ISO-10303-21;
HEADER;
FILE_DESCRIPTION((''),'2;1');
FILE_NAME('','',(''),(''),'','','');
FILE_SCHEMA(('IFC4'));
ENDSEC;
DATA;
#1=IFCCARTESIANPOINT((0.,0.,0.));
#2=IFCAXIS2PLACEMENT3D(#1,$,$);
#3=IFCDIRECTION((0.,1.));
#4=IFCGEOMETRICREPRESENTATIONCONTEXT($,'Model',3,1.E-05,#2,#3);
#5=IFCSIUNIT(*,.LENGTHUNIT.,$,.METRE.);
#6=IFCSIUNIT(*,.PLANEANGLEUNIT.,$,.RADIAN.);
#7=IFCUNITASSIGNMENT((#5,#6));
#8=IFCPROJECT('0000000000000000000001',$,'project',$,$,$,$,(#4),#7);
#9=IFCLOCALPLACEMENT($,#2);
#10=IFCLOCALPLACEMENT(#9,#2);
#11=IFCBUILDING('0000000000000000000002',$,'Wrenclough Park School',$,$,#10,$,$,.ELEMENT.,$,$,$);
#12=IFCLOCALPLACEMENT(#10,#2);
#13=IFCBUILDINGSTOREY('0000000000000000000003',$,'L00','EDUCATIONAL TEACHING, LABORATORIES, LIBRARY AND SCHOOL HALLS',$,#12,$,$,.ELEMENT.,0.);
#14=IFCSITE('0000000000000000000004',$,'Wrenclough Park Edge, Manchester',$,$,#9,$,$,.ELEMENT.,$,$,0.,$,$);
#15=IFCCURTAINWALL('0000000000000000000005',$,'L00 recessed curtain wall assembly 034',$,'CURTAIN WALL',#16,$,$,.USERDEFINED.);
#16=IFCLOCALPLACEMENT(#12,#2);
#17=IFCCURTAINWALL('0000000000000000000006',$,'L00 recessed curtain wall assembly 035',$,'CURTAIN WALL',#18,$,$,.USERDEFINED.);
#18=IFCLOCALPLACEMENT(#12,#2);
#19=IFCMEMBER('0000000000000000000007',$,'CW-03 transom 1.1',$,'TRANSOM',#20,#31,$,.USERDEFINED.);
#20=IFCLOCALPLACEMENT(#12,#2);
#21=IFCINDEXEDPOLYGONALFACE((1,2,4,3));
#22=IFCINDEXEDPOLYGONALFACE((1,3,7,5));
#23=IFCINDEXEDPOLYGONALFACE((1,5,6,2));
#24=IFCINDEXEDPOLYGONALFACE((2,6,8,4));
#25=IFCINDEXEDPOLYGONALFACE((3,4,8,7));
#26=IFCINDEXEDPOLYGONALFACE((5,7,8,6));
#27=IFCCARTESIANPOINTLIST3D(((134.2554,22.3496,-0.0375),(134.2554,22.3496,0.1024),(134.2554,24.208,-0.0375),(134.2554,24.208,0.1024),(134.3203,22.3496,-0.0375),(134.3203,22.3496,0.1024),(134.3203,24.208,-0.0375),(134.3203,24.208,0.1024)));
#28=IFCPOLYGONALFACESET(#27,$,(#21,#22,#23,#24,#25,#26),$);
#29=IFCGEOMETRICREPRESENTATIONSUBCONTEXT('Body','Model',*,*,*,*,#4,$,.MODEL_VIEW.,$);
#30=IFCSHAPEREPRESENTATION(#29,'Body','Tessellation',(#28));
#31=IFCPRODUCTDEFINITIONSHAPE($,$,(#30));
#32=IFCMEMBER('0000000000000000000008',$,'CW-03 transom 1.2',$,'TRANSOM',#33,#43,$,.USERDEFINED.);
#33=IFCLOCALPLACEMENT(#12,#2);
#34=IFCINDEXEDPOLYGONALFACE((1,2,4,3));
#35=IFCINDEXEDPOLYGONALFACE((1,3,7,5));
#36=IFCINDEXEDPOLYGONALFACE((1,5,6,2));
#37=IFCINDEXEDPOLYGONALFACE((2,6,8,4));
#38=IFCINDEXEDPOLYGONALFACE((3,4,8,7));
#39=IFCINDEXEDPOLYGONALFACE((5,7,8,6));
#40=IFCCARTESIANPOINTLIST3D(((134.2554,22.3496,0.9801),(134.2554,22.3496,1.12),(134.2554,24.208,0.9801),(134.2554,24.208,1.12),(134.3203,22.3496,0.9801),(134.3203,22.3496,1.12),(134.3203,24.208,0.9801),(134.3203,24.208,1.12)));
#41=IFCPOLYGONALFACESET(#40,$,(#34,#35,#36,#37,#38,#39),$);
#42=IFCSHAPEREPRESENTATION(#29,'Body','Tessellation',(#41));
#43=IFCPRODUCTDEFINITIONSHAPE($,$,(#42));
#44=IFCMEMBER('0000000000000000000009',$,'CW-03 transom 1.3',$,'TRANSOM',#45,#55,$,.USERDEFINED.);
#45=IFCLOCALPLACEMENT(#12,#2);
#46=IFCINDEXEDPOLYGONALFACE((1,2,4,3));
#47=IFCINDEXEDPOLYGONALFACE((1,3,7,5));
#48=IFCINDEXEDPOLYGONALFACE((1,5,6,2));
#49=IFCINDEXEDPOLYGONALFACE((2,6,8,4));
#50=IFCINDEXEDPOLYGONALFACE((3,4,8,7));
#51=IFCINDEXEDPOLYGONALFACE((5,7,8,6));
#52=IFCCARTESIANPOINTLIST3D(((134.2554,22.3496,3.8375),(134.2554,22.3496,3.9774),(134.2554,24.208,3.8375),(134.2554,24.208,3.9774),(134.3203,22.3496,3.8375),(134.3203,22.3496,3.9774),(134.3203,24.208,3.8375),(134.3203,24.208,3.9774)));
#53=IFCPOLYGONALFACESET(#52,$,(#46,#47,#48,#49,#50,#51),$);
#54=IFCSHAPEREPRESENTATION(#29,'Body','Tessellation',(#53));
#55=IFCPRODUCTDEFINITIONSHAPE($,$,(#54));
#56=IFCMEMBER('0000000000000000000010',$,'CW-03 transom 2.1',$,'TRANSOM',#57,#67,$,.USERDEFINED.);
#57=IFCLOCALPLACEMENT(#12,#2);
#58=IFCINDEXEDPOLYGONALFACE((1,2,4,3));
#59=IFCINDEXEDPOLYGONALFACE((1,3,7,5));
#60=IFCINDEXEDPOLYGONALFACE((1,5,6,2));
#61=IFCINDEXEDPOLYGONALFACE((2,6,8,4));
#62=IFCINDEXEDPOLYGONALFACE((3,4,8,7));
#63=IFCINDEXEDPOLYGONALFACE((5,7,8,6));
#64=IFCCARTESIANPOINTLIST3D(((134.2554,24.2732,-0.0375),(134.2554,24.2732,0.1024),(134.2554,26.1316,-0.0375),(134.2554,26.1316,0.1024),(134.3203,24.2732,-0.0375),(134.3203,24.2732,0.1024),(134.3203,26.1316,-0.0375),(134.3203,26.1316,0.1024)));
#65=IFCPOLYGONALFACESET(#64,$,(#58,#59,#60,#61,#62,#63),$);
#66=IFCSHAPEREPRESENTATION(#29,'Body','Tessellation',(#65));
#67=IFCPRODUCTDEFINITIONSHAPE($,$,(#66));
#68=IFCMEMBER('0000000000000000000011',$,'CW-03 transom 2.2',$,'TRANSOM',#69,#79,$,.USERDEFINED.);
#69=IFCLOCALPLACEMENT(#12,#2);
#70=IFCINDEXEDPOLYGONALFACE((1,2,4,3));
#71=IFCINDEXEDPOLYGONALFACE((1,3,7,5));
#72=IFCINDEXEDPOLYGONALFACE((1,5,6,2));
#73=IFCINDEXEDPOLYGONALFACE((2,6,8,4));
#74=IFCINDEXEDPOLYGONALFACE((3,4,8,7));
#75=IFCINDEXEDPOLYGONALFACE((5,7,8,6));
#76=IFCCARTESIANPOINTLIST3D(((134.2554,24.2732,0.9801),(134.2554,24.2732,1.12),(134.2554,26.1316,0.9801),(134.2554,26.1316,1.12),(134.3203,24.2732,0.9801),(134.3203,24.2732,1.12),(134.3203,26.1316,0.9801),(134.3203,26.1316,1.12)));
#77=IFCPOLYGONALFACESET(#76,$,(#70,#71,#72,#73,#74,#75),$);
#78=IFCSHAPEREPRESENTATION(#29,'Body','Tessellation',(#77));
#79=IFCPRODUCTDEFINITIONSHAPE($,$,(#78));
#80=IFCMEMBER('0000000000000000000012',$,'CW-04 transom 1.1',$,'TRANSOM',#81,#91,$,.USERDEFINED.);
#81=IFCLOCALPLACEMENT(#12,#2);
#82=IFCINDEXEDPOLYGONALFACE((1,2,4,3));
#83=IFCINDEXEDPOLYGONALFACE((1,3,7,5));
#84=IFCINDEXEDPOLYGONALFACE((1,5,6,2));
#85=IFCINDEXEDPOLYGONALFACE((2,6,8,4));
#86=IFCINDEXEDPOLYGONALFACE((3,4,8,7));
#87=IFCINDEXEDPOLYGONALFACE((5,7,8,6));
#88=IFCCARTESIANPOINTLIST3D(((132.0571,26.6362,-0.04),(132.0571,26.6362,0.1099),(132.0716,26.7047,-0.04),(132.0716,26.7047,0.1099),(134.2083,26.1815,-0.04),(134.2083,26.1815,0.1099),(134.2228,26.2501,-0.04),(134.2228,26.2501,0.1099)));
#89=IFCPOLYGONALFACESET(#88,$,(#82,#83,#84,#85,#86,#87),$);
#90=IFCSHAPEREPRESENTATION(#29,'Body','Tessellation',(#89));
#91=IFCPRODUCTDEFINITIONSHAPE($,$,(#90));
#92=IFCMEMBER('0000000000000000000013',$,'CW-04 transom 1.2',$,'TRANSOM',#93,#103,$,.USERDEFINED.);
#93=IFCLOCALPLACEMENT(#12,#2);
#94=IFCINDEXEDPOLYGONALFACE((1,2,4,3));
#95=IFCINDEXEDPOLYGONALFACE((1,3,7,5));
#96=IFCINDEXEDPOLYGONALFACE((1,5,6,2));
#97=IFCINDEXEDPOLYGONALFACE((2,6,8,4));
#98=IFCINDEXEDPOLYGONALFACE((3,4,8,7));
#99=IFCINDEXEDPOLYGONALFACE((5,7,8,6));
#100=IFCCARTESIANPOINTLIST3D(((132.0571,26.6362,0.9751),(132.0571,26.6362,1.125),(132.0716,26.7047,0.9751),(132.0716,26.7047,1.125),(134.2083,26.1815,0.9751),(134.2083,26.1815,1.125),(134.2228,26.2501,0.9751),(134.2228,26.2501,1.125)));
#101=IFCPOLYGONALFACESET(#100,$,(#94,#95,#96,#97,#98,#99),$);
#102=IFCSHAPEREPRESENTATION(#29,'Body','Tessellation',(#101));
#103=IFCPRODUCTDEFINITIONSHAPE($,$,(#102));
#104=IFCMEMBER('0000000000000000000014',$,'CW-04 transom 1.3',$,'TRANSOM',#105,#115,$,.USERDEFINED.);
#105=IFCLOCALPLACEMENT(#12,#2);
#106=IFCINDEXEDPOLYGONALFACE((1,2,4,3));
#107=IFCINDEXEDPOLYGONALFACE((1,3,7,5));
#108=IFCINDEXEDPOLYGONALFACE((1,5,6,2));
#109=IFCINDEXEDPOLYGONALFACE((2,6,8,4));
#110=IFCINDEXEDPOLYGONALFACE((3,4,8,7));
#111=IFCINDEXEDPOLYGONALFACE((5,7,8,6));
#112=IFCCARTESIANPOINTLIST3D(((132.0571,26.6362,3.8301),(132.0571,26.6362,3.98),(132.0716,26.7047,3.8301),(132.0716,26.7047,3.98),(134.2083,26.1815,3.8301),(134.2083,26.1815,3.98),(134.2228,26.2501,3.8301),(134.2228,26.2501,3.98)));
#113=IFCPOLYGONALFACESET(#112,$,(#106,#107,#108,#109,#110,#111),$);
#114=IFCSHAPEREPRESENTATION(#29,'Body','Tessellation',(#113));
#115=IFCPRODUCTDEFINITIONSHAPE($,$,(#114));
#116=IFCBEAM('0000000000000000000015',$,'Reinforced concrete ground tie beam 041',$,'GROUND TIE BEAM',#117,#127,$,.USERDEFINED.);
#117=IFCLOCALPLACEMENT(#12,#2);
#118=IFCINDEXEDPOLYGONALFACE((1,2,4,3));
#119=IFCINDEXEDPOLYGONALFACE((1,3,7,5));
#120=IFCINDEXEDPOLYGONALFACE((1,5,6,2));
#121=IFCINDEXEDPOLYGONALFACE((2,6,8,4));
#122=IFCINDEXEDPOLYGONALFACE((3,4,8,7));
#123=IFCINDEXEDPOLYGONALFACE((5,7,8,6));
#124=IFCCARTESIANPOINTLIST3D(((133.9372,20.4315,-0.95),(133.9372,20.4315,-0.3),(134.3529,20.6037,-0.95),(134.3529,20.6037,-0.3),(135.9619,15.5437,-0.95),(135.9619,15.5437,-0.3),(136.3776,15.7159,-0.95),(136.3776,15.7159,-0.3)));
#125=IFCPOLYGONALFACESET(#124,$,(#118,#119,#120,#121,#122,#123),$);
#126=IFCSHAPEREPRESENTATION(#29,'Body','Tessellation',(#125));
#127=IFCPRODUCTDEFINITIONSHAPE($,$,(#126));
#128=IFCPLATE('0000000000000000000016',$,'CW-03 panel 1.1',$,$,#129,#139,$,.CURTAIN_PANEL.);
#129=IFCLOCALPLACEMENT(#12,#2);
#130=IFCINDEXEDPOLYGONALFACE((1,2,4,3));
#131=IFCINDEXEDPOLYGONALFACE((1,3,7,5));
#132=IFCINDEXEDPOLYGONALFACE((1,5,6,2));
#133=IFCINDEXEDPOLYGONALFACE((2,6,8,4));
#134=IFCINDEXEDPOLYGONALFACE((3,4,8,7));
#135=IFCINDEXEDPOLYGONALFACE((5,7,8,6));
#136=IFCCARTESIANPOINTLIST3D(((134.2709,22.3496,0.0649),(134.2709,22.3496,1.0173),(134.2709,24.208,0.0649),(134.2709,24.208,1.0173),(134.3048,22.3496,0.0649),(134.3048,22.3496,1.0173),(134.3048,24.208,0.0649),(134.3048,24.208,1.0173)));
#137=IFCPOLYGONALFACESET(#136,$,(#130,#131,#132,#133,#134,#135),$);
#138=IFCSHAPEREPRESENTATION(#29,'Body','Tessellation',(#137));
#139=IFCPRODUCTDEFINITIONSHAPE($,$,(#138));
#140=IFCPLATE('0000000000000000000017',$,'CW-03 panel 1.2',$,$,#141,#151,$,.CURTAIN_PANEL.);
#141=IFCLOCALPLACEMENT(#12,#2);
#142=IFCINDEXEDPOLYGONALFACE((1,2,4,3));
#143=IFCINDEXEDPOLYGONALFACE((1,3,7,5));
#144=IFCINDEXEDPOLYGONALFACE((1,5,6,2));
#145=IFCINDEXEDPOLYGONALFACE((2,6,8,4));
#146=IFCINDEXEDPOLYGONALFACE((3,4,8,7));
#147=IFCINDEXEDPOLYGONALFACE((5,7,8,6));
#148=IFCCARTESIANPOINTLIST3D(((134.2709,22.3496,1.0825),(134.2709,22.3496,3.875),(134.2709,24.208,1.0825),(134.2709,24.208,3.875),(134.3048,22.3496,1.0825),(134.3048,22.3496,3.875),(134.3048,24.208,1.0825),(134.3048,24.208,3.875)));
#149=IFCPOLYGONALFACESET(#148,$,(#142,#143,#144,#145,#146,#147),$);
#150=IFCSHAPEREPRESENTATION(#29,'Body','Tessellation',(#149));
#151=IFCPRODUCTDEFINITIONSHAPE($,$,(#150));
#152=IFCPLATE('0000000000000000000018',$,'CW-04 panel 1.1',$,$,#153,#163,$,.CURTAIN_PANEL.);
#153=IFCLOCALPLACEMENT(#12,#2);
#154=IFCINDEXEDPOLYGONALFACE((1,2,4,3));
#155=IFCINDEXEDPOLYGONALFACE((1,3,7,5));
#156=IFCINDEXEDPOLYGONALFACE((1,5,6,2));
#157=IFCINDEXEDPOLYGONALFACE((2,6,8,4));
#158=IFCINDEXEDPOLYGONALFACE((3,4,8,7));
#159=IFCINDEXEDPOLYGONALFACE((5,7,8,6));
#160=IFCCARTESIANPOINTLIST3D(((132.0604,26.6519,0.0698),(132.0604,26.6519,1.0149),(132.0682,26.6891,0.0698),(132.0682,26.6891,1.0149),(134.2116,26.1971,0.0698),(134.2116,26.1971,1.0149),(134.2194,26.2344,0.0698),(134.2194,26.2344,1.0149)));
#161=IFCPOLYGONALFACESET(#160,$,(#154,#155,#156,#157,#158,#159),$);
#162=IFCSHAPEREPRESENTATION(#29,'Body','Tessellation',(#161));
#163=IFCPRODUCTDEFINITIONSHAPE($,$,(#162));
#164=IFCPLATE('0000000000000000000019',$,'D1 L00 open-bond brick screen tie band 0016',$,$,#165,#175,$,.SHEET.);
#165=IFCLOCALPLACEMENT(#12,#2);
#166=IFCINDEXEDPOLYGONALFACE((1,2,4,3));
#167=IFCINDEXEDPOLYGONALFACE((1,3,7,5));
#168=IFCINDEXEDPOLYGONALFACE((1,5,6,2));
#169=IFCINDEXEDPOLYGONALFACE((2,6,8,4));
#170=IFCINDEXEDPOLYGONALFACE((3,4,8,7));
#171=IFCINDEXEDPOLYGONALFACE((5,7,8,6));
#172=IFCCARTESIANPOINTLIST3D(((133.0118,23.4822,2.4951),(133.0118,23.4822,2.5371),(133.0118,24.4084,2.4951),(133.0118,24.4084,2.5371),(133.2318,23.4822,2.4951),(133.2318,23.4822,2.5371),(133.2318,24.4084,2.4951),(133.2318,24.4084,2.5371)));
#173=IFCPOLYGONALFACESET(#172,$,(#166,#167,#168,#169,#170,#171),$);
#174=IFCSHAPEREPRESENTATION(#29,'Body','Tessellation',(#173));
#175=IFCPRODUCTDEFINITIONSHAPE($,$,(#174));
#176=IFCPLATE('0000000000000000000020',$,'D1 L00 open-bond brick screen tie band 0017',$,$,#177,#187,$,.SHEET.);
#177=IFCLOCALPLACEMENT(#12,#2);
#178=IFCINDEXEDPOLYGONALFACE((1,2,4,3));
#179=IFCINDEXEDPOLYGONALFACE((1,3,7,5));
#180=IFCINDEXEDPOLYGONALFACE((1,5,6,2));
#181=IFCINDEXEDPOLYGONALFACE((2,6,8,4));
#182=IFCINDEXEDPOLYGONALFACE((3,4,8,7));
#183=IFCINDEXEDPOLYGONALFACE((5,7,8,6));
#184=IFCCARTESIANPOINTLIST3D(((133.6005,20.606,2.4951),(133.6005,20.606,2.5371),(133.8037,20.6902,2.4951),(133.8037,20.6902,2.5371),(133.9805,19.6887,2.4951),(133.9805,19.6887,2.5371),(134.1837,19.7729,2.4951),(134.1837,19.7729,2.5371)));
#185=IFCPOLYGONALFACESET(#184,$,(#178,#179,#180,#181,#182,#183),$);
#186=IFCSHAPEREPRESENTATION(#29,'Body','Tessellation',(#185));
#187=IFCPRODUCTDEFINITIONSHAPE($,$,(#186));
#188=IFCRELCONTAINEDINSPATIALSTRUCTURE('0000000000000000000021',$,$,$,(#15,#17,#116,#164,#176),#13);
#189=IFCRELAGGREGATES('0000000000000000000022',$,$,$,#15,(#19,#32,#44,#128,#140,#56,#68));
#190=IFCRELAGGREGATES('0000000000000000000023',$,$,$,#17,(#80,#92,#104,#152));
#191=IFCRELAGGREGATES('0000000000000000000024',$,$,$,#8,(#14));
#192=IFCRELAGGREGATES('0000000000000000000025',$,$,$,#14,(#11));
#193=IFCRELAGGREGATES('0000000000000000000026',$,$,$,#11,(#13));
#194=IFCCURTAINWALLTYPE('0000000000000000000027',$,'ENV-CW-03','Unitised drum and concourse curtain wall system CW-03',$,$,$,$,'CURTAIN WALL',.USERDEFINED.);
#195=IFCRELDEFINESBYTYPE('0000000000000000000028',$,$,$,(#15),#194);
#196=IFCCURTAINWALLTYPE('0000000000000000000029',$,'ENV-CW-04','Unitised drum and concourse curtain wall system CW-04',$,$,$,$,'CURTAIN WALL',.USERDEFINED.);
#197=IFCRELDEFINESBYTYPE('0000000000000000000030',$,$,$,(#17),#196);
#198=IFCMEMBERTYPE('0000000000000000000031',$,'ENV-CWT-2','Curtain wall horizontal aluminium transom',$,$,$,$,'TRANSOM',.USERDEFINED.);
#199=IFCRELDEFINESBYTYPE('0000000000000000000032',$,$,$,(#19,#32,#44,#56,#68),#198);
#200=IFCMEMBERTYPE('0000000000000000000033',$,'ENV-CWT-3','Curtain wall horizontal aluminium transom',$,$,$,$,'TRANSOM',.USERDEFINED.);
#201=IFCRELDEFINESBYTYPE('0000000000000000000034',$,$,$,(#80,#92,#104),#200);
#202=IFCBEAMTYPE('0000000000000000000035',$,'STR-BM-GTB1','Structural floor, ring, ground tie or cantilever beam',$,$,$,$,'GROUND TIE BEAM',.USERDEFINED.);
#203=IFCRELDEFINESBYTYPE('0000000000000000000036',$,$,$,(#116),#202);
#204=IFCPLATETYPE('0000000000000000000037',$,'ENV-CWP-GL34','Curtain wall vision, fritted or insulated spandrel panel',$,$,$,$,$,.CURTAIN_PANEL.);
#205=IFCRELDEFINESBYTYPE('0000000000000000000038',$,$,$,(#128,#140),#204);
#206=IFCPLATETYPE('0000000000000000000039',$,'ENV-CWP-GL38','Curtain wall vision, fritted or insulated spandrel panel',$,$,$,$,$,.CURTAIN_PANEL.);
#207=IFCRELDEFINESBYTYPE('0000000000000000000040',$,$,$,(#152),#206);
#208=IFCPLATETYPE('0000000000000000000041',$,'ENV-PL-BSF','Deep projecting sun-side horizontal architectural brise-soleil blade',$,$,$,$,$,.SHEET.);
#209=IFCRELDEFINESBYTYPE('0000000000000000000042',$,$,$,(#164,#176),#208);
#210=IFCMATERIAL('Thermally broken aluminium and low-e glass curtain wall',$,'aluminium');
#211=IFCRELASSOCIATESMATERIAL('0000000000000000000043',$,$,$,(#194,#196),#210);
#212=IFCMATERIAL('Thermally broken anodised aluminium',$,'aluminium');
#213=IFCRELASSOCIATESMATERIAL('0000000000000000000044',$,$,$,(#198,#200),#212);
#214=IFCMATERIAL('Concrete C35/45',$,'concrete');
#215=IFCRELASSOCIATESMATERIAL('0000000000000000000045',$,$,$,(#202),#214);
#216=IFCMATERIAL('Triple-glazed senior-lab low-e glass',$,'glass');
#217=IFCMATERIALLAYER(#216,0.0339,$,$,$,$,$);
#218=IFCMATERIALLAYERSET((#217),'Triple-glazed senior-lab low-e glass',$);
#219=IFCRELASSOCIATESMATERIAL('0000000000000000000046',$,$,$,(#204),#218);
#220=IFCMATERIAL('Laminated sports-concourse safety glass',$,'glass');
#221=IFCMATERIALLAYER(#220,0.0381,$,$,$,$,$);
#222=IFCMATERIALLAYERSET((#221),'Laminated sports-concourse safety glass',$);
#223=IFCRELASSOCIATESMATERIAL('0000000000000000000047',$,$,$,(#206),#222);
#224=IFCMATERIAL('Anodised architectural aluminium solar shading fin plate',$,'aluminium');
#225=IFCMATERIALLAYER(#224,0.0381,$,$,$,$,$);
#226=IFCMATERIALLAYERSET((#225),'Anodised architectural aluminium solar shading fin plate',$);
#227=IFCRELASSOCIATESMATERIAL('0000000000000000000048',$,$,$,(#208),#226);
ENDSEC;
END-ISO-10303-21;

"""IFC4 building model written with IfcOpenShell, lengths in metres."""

from ifc_helpers import new_model, si_unit, direction, frame, origin, origin_2d, place, context, subcontext, project, spatial, rectangle, extrude, material, layer, layer_set, material_profile, profile_set, type_object, element, aggregate, save


model = new_model("IFC4")

# Units and contexts
model_context = context("Model", 3, precision=1e-05, world=origin(), true_north=direction((0.0, 1.0)))
body_context = subcontext(model_context, "Body", "Model", "MODEL_VIEW")
ifc_project = project(units=[si_unit("LENGTHUNIT", "METRE"), si_unit("PLANEANGLEUNIT", "RADIAN")], contexts=[model_context])

# Site, building, storey
site_placement = place(None, origin())
site = spatial("IfcSite", under=ifc_project, at=site_placement, Name="Wrenclough Park Edge, Manchester", CompositionType="ELEMENT", RefElevation=0.0)
building_placement = place(site_placement, origin())
building = spatial("IfcBuilding", under=site, at=building_placement, Name="Wrenclough Park School", CompositionType="ELEMENT")
storey_placement = place(building_placement, origin())
storey = spatial("IfcBuildingStorey", under=building, at=storey_placement, Name="L00", Description="EDUCATIONAL TEACHING, LABORATORIES, LIBRARY AND SCHOOL HALLS", CompositionType="ELEMENT", Elevation=0.0)

# Shared definitions
ifc_material_1 = material(Name="Concrete C35/45", Category="concrete")

# Curtain wall
ifc_material_2 = material(Name="Thermally broken aluminium and low-e glass curtain wall", Category="aluminium")
curtain_wall_type_1 = type_object("IfcCurtainWallType", Name="ENV-CW-03", Description="Unitised drum and concourse curtain wall system CW-03", ElementType="CURTAIN WALL", PredefinedType="USERDEFINED", material=ifc_material_2)
curtain_wall_1_placement = place(storey_placement, origin())
curtain_wall_1 = element("IfcCurtainWall", 1, at=curtain_wall_1_placement, inside=storey, type_object=curtain_wall_type_1, Name="L00 recessed curtain wall assembly 034", ObjectType="CURTAIN WALL", PredefinedType="USERDEFINED")
ifc_material_3 = material(Name="Thermally broken anodised aluminium", Category="aluminium")

# Curtain wall
curtain_wall_type_2 = type_object("IfcCurtainWallType", Name="ENV-CW-04", Description="Unitised drum and concourse curtain wall system CW-04", ElementType="CURTAIN WALL", PredefinedType="USERDEFINED", material=ifc_material_2)
curtain_wall_2_placement = place(storey_placement, origin())
curtain_wall_2 = element("IfcCurtainWall", 2, at=curtain_wall_2_placement, inside=storey, type_object=curtain_wall_type_2, Name="L00 recessed curtain wall assembly 035", ObjectType="CURTAIN WALL", PredefinedType="USERDEFINED")

# Members
ifc_material_profile_1 = material_profile(ifc_material_3, rectangle(XDim=0.0649, YDim=0.1399, at=origin_2d()), Name="AL TRANSOM 65x140")
ifc_profile_set_1 = profile_set([ifc_material_profile_1], Name="Thermally broken anodised aluminium")
member_type_1 = type_object("IfcMemberType", Name="ENV-CWT-2", Description="Curtain wall horizontal aluminium transom", ElementType="TRANSOM", PredefinedType="USERDEFINED", material=ifc_profile_set_1)
member_1_placement = place(storey_placement, frame((134.2878, 22.3496, 0.0325), z_axis=(0.0, 1.0, 0.0), x_axis=(-1.0, 0.0, 0.0)))
member_1 = element("IfcMember", 3, at=member_1_placement, type_object=member_type_1, Name="CW-03 transom 1.1", ObjectType="TRANSOM", PredefinedType="USERDEFINED", context=body_context, shape_type="SweptSolid", body=[
    extrude(rectangle(XDim=0.0649, YDim=0.1399, at=origin_2d()), origin(), (0.0, 0.0, 1.0), 1.8584),
])
member_2_placement = place(storey_placement, frame((134.2878, 22.3496, 1.05), z_axis=(0.0, 1.0, 0.0), x_axis=(-1.0, 0.0, 0.0)))
member_2 = element("IfcMember", 4, at=member_2_placement, type_object=member_type_1, Name="CW-03 transom 1.2", ObjectType="TRANSOM", PredefinedType="USERDEFINED", context=body_context, shape_type="SweptSolid", body=[
    extrude(rectangle(XDim=0.0649, YDim=0.1399, at=origin_2d()), origin(), (0.0, 0.0, 1.0), 1.8584),
])
member_3_placement = place(storey_placement, frame((134.2878, 22.3496, 3.9075), z_axis=(0.0, 1.0, 0.0), x_axis=(-1.0, 0.0, 0.0)))
member_3 = element("IfcMember", 5, at=member_3_placement, type_object=member_type_1, Name="CW-03 transom 1.3", ObjectType="TRANSOM", PredefinedType="USERDEFINED", context=body_context, shape_type="SweptSolid", body=[
    extrude(rectangle(XDim=0.0649, YDim=0.1399, at=origin_2d()), origin(), (0.0, 0.0, 1.0), 1.8584),
])
member_4_placement = place(storey_placement, frame((134.2878, 24.2732, 0.0325), z_axis=(0.0, 1.0, 0.0), x_axis=(-1.0, 0.0, 0.0)))
member_4 = element("IfcMember", 6, at=member_4_placement, type_object=member_type_1, Name="CW-03 transom 2.1", ObjectType="TRANSOM", PredefinedType="USERDEFINED", context=body_context, shape_type="SweptSolid", body=[
    extrude(rectangle(XDim=0.0649, YDim=0.1399, at=origin_2d()), origin(), (0.0, 0.0, 1.0), 1.8584),
])
member_5_placement = place(storey_placement, frame((134.2878, 24.2732, 1.05), z_axis=(0.0, 1.0, 0.0), x_axis=(-1.0, 0.0, 0.0)))
member_5 = element("IfcMember", 7, at=member_5_placement, type_object=member_type_1, Name="CW-03 transom 2.2", ObjectType="TRANSOM", PredefinedType="USERDEFINED", context=body_context, shape_type="SweptSolid", body=[
    extrude(rectangle(XDim=0.0649, YDim=0.1399, at=origin_2d()), origin(), (0.0, 0.0, 1.0), 1.8584),
])
ifc_material_profile_2 = material_profile(ifc_material_3, rectangle(XDim=0.0701, YDim=0.1499, at=origin_2d()), Name="AL TRANSOM 70x150")
ifc_profile_set_2 = profile_set([ifc_material_profile_2], Name="Thermally broken anodised aluminium")
member_type_2 = type_object("IfcMemberType", Name="ENV-CWT-3", Description="Curtain wall horizontal aluminium transom", ElementType="TRANSOM", PredefinedType="USERDEFINED", material=ifc_profile_set_2)
member_6_placement = place(storey_placement, frame((134.2156, 26.2158, 0.0349), z_axis=(-0.978392, 0.20676, 0.0), x_axis=(-0.20676, -0.978392, 0.0)))
member_6 = element("IfcMember", 8, at=member_6_placement, type_object=member_type_2, Name="CW-04 transom 1.1", ObjectType="TRANSOM", PredefinedType="USERDEFINED", context=body_context, shape_type="SweptSolid", body=[
    extrude(rectangle(XDim=0.0701, YDim=0.1499, at=origin_2d()), origin(), (0.0, 0.0, 1.0), 2.1987),
])
member_7_placement = place(storey_placement, frame((134.2156, 26.2158, 1.05), z_axis=(-0.978392, 0.20676, 0.0), x_axis=(-0.20676, -0.978392, 0.0)))
member_7 = element("IfcMember", 9, at=member_7_placement, type_object=member_type_2, Name="CW-04 transom 1.2", ObjectType="TRANSOM", PredefinedType="USERDEFINED", context=body_context, shape_type="SweptSolid", body=[
    extrude(rectangle(XDim=0.0701, YDim=0.1499, at=origin_2d()), origin(), (0.0, 0.0, 1.0), 2.1987),
])
member_8_placement = place(storey_placement, frame((134.2156, 26.2158, 3.905), z_axis=(-0.978392, 0.20676, 0.0), x_axis=(-0.20676, -0.978392, 0.0)))
member_8 = element("IfcMember", 10, at=member_8_placement, type_object=member_type_2, Name="CW-04 transom 1.3", ObjectType="TRANSOM", PredefinedType="USERDEFINED", context=body_context, shape_type="SweptSolid", body=[
    extrude(rectangle(XDim=0.0701, YDim=0.1499, at=origin_2d()), origin(), (0.0, 0.0, 1.0), 2.1987),
])

# Beam
ifc_material_profile_3 = material_profile(ifc_material_1, rectangle(XDim=0.45, YDim=0.6499, at=origin_2d()), Name="RC GROUND 450x650")
ifc_profile_set_3 = profile_set([ifc_material_profile_3], Name="Concrete C35/45")
beam_type = type_object("IfcBeamType", Name="STR-BM-GTB1", Description="Structural floor, ring, ground tie or cantilever beam", ElementType="GROUND TIE BEAM", PredefinedType="USERDEFINED", material=ifc_profile_set_3)
beam_placement = place(storey_placement, frame((134.145, 20.5176, -0.625), z_axis=(0.382701, -0.923872, 0.0), x_axis=(0.923872, 0.382701, 0.0)))
element("IfcBeam", 11, at=beam_placement, inside=storey, type_object=beam_type, Name="Reinforced concrete ground tie beam 041", ObjectType="GROUND TIE BEAM", PredefinedType="USERDEFINED", context=body_context, shape_type="SweptSolid", body=[
    extrude(rectangle(XDim=0.45, YDim=0.6499, at=origin_2d()), origin(), (0.0, 0.0, 1.0), 5.2905),
])

# Plates
ifc_material_4 = material(Name="Triple-glazed senior-lab low-e glass", Category="glass")
ifc_layer_1 = layer(ifc_material_4, 0.0339)
ifc_layer_set_1 = layer_set([ifc_layer_1], Name="Triple-glazed senior-lab low-e glass")
plate_type_1 = type_object("IfcPlateType", Name="ENV-CWP-GL34", Description="Curtain wall vision, fritted or insulated spandrel panel", PredefinedType="CURTAIN_PANEL", material=ifc_layer_set_1)
plate_1_placement = place(storey_placement, frame((134.2878, 23.2788, 0.0649), z_axis=(0.0, 0.0, 1.0), x_axis=(0.0, 1.0, 0.0)))
plate_1 = element("IfcPlate", 12, at=plate_1_placement, type_object=plate_type_1, Name="CW-03 panel 1.1", PredefinedType="CURTAIN_PANEL", context=body_context, shape_type="SweptSolid", body=[
    extrude(rectangle(XDim=1.8584, YDim=0.0339, at=origin_2d()), origin(), (0.0, 0.0, 1.0), 0.9524),
])
plate_2_placement = place(storey_placement, frame((134.2878, 23.2788, 1.0825), z_axis=(0.0, 0.0, 1.0), x_axis=(0.0, 1.0, 0.0)))
plate_2 = element("IfcPlate", 13, at=plate_2_placement, type_object=plate_type_1, Name="CW-03 panel 1.2", PredefinedType="CURTAIN_PANEL", context=body_context, shape_type="SweptSolid", body=[
    extrude(rectangle(XDim=1.8584, YDim=0.0339, at=origin_2d()), origin(), (0.0, 0.0, 1.0), 2.7925),
])
aggregate(curtain_wall_1, [member_1, member_2, member_3, plate_1, plate_2, member_4, member_5])
ifc_material_5 = material(Name="Laminated sports-concourse safety glass", Category="glass")
ifc_layer_2 = layer(ifc_material_5, 0.0381)
ifc_layer_set_2 = layer_set([ifc_layer_2], Name="Laminated sports-concourse safety glass")
plate_type_2 = type_object("IfcPlateType", Name="ENV-CWP-GL38", Description="Curtain wall vision, fritted or insulated spandrel panel", PredefinedType="CURTAIN_PANEL", material=ifc_layer_set_2)
plate_3_placement = place(storey_placement, frame((133.1399, 26.4431, 0.0698), z_axis=(0.0, 0.0, 1.0), x_axis=(-0.978379, 0.206818, 0.0)))
plate_3 = element("IfcPlate", 14, at=plate_3_placement, type_object=plate_type_2, Name="CW-04 panel 1.1", PredefinedType="CURTAIN_PANEL", context=body_context, shape_type="SweptSolid", body=[
    extrude(rectangle(XDim=2.1987, YDim=0.0381, at=origin_2d()), origin(), (0.0, 0.0, 1.0), 0.9451),
])
aggregate(curtain_wall_2, [member_6, member_7, member_8, plate_3])

# Plates
ifc_material_6 = material(Name="Anodised architectural aluminium solar shading fin plate", Category="aluminium")
ifc_layer_3 = layer(ifc_material_6, 0.0381)
ifc_layer_set_3 = layer_set([ifc_layer_3], Name="Anodised architectural aluminium solar shading fin plate")
plate_type_3 = type_object("IfcPlateType", Name="ENV-PL-BSF", Description="Deep projecting sun-side horizontal architectural brise-soleil blade", PredefinedType="SHEET", material=ifc_layer_set_3)
plate_4_placement = place(storey_placement, frame((133.1218, 23.9453, 2.4951), z_axis=(0.0, 0.0, 1.0), x_axis=(0.0, -1.0, 0.0)))
element("IfcPlate", 15, at=plate_4_placement, inside=storey, type_object=plate_type_3, Name="D1 L00 open-bond brick screen tie band 0016", PredefinedType="SHEET", context=body_context, shape_type="SweptSolid", body=[
    extrude(rectangle(XDim=0.9263, YDim=0.22, at=origin_2d()), origin(), (0.0, 0.0, 1.0), 0.042),
])
plate_5_placement = place(storey_placement, frame((133.8921, 20.1895, 2.4951), z_axis=(0.0, 0.0, 1.0), x_axis=(0.382692, -0.923876, 0.0)))
element("IfcPlate", 16, at=plate_5_placement, inside=storey, type_object=plate_type_3, Name="D1 L00 open-bond brick screen tie band 0017", PredefinedType="SHEET", context=body_context, shape_type="SweptSolid", body=[
    extrude(rectangle(XDim=0.9929, YDim=0.22, at=origin_2d()), origin(), (0.0, 0.0, 1.0), 0.042),
])

save(model, "model.ifc")
